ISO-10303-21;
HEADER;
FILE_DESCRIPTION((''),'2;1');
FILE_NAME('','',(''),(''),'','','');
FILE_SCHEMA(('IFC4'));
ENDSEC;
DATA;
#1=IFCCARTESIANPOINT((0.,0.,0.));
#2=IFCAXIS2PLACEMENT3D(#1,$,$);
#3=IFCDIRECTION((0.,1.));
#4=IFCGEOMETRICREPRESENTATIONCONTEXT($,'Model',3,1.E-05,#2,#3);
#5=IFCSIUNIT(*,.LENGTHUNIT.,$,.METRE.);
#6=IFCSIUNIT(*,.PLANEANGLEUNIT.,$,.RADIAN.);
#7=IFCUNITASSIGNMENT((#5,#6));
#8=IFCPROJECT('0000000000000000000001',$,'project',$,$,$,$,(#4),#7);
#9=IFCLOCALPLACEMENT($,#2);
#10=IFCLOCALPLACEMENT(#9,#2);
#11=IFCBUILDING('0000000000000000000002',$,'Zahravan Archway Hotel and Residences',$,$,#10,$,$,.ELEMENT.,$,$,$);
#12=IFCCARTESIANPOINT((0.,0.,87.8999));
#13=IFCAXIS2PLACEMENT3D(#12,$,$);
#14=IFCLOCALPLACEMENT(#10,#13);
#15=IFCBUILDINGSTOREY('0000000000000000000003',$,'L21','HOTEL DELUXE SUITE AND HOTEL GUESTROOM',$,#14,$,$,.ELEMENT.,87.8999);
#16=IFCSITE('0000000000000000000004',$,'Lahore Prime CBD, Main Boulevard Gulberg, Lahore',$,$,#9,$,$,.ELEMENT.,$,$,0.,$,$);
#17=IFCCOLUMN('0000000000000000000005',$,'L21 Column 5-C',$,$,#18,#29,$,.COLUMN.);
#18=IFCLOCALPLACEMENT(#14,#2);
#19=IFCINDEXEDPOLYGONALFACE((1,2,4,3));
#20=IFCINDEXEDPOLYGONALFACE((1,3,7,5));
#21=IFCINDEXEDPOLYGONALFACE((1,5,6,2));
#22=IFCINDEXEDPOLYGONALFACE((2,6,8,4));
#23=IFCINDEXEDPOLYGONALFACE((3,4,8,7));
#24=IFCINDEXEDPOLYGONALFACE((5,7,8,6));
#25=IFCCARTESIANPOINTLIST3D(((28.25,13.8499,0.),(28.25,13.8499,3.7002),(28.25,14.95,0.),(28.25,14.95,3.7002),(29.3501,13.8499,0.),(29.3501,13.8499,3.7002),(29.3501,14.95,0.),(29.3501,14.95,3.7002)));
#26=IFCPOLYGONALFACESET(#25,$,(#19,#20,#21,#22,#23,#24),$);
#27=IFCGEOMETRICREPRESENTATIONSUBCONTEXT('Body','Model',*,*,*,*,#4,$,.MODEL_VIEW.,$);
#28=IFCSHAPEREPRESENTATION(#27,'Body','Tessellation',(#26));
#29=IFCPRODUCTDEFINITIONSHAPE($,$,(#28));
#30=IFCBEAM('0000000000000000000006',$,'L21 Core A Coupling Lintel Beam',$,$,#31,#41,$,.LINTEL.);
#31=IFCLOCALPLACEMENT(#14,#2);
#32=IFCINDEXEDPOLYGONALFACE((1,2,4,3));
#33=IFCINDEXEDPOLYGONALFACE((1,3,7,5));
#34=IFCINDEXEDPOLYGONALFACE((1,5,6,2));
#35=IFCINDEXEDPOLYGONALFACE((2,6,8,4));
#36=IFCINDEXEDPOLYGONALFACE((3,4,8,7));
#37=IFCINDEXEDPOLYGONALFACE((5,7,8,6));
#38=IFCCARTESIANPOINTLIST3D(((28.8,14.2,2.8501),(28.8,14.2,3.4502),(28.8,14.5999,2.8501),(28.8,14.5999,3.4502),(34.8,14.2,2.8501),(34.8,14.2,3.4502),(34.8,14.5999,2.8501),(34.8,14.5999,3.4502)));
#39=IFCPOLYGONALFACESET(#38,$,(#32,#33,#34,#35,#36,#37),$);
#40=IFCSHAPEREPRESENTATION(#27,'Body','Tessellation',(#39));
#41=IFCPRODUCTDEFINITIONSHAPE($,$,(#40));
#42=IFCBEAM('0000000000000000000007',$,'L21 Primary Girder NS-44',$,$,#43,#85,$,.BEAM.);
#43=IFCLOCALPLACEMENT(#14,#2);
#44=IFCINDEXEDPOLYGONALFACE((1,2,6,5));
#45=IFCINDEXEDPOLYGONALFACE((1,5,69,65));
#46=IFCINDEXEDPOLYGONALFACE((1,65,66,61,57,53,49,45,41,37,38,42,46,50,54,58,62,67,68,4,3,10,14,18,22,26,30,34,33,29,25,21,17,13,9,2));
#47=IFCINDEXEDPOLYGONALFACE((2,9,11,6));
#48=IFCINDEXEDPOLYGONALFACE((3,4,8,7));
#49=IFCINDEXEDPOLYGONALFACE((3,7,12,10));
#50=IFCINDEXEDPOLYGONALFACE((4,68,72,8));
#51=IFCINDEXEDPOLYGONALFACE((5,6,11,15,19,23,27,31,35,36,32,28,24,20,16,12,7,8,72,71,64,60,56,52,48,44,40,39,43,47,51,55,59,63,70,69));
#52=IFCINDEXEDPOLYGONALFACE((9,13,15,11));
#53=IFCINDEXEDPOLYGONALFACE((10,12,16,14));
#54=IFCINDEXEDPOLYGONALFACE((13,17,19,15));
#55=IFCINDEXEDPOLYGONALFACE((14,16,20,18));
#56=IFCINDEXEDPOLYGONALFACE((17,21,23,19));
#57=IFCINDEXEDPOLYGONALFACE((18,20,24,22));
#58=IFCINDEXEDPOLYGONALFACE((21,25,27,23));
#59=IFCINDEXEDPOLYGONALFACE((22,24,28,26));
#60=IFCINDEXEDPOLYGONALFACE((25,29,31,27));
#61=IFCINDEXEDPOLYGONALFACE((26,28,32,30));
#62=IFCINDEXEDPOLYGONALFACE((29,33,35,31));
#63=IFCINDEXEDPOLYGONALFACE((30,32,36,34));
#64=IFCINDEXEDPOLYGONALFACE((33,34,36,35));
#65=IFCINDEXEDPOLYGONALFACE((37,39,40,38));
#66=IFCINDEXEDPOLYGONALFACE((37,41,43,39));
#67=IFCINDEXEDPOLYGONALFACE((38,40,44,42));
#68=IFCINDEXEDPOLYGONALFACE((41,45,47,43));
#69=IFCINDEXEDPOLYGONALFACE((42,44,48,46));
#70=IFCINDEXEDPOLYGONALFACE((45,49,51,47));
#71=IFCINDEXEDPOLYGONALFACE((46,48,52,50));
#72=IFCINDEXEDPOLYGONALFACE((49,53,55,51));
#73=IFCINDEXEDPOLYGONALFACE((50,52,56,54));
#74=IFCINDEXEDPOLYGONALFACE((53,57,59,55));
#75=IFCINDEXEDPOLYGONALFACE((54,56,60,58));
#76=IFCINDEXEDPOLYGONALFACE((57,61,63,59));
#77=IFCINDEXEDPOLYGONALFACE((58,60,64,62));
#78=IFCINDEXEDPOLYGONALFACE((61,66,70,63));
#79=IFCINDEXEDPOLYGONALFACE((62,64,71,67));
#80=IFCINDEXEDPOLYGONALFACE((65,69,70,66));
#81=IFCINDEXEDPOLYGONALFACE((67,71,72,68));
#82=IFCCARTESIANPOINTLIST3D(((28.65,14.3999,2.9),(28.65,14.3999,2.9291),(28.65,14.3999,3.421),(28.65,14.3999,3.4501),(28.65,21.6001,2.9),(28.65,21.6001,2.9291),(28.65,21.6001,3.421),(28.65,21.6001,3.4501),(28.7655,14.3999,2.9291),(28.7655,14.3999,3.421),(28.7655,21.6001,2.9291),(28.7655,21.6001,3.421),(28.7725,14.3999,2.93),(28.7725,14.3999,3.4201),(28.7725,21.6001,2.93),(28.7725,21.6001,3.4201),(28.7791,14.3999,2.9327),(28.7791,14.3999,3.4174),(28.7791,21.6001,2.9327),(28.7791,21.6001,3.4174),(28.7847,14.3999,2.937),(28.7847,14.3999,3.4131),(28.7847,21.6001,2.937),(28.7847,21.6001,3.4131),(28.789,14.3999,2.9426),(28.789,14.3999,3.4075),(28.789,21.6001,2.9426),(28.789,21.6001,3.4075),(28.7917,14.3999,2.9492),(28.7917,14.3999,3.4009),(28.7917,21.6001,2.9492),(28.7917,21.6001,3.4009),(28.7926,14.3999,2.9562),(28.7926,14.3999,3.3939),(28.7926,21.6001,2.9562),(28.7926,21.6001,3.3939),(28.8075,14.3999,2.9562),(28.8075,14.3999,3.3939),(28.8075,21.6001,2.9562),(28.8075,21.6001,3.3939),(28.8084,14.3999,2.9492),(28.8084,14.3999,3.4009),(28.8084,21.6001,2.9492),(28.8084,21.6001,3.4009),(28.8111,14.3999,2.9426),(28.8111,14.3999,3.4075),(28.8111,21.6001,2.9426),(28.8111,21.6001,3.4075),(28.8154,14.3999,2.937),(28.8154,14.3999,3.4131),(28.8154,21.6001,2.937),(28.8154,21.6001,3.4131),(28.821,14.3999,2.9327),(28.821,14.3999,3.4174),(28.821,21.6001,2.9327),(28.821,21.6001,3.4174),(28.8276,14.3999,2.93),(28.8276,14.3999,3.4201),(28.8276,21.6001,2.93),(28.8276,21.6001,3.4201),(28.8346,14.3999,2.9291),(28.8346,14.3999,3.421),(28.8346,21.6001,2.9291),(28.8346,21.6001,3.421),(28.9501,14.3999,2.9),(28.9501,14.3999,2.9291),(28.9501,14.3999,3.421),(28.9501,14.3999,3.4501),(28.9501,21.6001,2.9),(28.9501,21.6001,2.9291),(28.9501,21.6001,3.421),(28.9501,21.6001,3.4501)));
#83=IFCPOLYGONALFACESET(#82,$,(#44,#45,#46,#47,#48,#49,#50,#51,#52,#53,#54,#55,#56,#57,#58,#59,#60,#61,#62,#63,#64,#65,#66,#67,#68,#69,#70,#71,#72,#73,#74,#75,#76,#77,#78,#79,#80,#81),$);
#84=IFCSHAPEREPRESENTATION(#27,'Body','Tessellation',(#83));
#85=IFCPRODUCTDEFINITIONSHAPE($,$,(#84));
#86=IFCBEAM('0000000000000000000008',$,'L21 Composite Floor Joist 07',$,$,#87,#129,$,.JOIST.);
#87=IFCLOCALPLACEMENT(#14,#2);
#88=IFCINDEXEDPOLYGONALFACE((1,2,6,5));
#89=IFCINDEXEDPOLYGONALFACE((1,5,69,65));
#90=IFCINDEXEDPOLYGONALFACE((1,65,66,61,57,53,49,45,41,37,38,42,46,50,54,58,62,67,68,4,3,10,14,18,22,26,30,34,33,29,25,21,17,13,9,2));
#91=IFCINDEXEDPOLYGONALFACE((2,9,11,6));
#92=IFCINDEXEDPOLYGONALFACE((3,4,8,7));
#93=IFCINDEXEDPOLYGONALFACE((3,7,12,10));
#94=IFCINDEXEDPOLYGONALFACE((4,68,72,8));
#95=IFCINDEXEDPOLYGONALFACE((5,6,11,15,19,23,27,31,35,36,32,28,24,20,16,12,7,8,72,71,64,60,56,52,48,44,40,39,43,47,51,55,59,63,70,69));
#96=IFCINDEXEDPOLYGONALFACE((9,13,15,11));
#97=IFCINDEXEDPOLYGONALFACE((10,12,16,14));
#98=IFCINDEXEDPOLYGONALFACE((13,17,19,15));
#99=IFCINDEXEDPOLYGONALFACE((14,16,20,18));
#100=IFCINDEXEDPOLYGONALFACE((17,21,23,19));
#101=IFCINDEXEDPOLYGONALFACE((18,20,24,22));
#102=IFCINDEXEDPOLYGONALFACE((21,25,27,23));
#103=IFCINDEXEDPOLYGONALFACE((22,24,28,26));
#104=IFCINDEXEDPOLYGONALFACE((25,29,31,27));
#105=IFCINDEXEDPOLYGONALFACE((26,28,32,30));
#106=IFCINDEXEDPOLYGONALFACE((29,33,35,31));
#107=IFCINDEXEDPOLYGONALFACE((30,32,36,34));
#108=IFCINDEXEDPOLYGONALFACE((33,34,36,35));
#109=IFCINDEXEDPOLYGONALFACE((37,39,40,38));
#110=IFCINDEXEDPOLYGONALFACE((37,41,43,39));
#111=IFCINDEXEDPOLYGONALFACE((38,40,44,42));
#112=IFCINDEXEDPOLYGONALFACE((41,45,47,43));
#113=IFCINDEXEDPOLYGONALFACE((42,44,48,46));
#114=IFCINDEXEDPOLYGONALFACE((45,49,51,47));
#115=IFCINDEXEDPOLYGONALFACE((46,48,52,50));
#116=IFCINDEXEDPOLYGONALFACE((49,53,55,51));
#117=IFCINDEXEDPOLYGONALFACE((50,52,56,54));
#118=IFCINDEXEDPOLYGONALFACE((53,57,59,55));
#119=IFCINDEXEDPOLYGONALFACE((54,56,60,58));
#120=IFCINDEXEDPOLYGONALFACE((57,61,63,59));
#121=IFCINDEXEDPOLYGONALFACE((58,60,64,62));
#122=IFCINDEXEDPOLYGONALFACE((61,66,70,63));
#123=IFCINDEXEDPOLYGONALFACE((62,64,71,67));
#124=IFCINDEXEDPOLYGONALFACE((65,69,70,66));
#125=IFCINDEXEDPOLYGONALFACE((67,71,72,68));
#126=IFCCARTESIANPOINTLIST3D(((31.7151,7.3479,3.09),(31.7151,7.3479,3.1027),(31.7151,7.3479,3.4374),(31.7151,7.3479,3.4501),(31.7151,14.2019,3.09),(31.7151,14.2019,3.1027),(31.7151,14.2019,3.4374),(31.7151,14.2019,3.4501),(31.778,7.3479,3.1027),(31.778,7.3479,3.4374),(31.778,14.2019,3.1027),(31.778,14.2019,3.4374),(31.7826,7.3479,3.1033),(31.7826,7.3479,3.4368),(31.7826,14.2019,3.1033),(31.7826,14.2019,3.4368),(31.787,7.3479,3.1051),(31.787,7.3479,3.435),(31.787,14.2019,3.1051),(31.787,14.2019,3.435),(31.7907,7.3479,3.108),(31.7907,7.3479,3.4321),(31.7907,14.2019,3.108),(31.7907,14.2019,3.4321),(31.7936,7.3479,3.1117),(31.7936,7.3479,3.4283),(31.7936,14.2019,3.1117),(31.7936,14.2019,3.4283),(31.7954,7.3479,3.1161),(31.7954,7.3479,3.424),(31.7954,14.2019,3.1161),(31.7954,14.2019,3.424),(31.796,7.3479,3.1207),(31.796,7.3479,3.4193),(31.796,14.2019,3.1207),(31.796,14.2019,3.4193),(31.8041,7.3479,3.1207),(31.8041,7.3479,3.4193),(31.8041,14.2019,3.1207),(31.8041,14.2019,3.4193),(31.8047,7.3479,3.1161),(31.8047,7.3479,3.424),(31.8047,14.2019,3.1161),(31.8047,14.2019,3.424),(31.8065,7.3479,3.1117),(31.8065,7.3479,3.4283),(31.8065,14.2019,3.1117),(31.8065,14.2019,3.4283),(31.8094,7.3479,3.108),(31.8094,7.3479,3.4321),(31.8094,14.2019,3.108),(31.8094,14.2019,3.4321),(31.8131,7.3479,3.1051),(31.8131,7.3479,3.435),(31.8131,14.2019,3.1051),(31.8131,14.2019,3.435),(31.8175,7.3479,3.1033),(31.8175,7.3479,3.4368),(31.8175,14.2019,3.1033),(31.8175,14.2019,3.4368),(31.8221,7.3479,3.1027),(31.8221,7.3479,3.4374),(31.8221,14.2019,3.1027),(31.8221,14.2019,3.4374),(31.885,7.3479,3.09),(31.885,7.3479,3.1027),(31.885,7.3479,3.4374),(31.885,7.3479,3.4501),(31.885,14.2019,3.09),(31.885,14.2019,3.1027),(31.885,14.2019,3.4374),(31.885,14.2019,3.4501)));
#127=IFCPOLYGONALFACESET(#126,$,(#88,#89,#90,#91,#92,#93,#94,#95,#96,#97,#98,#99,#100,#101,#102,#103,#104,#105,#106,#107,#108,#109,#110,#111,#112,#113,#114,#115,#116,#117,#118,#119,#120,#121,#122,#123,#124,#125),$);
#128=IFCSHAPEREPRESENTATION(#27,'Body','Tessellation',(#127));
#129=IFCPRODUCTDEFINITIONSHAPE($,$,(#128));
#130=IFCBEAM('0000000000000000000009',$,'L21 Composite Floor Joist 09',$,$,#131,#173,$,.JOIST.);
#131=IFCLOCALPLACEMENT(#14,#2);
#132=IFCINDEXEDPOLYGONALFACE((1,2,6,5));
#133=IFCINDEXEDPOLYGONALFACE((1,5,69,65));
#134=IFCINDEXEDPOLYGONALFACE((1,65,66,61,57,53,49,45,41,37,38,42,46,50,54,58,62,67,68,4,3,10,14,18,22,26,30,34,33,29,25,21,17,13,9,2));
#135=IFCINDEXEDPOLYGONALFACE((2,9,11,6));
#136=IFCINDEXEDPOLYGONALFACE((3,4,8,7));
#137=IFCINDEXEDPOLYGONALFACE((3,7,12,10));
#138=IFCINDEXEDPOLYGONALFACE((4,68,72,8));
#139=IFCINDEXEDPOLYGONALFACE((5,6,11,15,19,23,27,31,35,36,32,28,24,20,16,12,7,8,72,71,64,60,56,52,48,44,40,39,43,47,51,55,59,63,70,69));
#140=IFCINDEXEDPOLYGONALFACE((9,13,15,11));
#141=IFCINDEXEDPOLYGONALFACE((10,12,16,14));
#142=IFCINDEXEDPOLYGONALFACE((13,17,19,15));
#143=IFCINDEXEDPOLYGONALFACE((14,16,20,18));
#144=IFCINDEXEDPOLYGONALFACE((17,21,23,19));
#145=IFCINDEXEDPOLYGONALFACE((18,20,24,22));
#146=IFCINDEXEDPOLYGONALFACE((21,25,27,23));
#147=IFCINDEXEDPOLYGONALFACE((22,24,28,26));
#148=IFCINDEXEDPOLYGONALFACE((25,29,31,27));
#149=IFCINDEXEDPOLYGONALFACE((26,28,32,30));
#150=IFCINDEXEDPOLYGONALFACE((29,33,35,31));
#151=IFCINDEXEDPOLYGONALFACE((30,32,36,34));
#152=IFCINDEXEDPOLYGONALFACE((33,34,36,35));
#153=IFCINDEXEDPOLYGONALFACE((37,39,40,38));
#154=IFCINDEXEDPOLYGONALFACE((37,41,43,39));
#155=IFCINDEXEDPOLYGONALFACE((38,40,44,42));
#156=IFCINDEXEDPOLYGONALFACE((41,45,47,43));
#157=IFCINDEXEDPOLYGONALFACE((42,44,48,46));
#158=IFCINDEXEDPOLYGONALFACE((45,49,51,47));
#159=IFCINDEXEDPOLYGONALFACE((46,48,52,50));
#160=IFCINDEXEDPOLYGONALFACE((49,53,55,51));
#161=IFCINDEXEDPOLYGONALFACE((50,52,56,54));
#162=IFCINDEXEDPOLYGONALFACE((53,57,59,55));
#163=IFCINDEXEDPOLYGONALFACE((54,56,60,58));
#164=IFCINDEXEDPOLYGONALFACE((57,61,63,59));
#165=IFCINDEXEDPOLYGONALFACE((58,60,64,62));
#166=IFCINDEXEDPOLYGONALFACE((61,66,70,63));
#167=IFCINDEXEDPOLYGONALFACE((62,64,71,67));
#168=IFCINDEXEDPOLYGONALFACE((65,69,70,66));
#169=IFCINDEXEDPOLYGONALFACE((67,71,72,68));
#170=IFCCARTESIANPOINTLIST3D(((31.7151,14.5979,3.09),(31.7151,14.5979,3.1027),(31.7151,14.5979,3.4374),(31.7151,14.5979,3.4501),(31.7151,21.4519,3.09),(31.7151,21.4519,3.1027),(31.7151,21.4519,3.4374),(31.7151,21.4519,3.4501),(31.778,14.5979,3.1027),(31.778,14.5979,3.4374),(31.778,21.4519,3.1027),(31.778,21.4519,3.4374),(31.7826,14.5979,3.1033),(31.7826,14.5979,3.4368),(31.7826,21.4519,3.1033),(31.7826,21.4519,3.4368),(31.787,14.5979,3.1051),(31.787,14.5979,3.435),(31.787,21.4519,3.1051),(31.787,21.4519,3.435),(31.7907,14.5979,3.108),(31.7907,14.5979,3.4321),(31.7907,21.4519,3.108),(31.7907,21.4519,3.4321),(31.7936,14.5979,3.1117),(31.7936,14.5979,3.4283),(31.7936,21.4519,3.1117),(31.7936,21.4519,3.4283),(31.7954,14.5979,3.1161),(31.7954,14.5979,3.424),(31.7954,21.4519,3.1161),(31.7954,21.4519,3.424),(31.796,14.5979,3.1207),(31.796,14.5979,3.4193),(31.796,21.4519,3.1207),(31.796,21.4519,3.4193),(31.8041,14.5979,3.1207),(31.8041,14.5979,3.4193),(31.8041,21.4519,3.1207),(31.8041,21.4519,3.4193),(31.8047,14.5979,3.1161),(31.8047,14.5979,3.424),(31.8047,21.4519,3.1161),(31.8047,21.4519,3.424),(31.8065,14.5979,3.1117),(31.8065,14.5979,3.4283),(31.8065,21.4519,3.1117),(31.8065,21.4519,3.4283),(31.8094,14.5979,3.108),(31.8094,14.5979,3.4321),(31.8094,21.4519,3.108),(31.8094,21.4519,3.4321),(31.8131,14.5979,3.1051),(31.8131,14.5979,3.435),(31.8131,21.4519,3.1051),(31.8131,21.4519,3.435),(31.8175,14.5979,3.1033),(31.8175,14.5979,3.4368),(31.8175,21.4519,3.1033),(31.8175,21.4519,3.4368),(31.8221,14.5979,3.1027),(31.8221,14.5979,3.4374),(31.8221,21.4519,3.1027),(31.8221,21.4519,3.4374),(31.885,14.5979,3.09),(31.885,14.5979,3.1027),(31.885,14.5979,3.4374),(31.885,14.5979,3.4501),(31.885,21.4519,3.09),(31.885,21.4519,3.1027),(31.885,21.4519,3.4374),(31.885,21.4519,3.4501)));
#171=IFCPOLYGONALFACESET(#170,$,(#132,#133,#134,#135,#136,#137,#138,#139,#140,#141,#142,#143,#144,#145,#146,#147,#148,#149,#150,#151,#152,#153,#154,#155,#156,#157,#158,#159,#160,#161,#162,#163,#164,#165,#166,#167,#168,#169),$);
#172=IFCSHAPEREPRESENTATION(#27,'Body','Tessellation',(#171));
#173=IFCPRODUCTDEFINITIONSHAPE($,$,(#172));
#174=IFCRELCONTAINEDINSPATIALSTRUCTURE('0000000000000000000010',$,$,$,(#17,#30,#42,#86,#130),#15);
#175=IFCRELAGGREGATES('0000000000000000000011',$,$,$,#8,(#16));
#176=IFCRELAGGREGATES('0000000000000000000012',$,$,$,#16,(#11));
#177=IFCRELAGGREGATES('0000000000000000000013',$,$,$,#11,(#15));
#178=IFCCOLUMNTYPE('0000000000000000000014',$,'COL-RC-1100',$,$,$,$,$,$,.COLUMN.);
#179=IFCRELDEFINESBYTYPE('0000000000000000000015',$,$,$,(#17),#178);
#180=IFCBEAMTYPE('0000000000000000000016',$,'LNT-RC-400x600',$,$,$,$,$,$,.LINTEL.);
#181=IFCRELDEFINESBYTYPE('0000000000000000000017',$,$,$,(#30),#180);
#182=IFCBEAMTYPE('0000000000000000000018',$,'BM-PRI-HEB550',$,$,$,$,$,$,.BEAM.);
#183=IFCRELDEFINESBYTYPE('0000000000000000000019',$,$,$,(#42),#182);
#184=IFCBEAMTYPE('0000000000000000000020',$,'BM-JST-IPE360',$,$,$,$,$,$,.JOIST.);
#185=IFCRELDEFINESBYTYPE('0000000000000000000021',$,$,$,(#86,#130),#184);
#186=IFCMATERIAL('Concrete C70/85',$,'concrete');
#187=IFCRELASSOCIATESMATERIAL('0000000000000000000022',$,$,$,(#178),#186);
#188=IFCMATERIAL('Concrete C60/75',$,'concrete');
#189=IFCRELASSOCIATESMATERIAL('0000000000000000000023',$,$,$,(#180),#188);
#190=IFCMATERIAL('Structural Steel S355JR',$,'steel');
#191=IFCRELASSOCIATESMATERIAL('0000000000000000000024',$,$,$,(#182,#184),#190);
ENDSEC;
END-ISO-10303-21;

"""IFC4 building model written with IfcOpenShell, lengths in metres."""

from ifc_helpers import new_model, si_unit, direction, frame, origin, origin_2d, place, context, subcontext, project, spatial, rectangle, i_section, extrude, source, transform, mapped, material, material_profile, profile_set, type_object, type_shapes, element, save


model = new_model("IFC4")

# Units and contexts
model_context = context("Model", 3, precision=1e-05, world=origin(), true_north=direction((0.0, 1.0)))
body_context = subcontext(model_context, "Body", "Model", "MODEL_VIEW")
ifc_project = project(units=[si_unit("LENGTHUNIT", "METRE"), si_unit("PLANEANGLEUNIT", "RADIAN")], contexts=[model_context])

# Site, building, storey
site_placement = place(None, origin())
site = spatial("IfcSite", under=ifc_project, at=site_placement, Name="Lahore Prime CBD, Main Boulevard Gulberg, Lahore", CompositionType="ELEMENT", RefElevation=0.0)
building_placement = place(site_placement, origin())
building = spatial("IfcBuilding", under=site, at=building_placement, Name="Zahravan Archway Hotel and Residences", CompositionType="ELEMENT")
storey_placement = place(building_placement, frame((0.0, 0.0, 87.8999)))
storey = spatial("IfcBuildingStorey", under=building, at=storey_placement, Name="L21", Description="HOTEL DELUXE SUITE AND HOTEL GUESTROOM", CompositionType="ELEMENT", Elevation=87.8999)

# Column
ifc_material_1 = material(Name="Concrete C70/85", Category="concrete")
ifc_material_profile_1 = material_profile(ifc_material_1, rectangle(XDim=1.1001, YDim=1.1001, at=origin_2d()), Name="RC 1100x1100", Category="concrete")
ifc_profile_set_1 = profile_set([ifc_material_profile_1], Name="Concrete C70/85")
column_type = type_object("IfcColumnType", Name="COL-RC-1100", PredefinedType="COLUMN", material=ifc_profile_set_1)
shared_shape_1 = source(origin(), body_context, "Body", "SweptSolid", [
    extrude(rectangle(XDim=1.1001, YDim=1.1001, at=origin_2d()), origin(), (0.0, 0.0, 1.0), 3.7002),
])
column_placement = place(storey_placement, frame((28.8, 14.3999, 0.0), z_axis=(0.0, 0.0, 1.0), x_axis=(1.0, 0.0, 0.0)))
element("IfcColumn", 1, at=column_placement, inside=storey, type_object=column_type, Name="L21 Column 5-C", PredefinedType="COLUMN", context=body_context, shape_type="MappedRepresentation", body=[
    mapped(shared_shape_1, transform((0.0, 0.0, 0.0), scale=1.0)),
])

# Beams
ifc_material_2 = material(Name="Concrete C60/75", Category="concrete")
ifc_material_profile_2 = material_profile(ifc_material_2, rectangle(XDim=0.3999, YDim=0.6001, at=origin_2d()), Name="RC-LNT-400x600", Category="concrete")
ifc_profile_set_2 = profile_set([ifc_material_profile_2], Name="Concrete C60/75")
beam_type_1 = type_object("IfcBeamType", Name="LNT-RC-400x600", PredefinedType="LINTEL", material=ifc_profile_set_2)
shared_shape_2 = source(origin(), body_context, "Body", "SweptSolid", [
    extrude(rectangle(XDim=0.3999, YDim=0.6001, at=origin_2d()), origin(), (0.0, 0.0, 1.0), 6.0),
])
type_shapes(beam_type_1, [shared_shape_2])
beam_1_placement = place(storey_placement, frame((28.8, 14.3999, 3.1501), z_axis=(1.0, 0.0, 0.0), x_axis=(0.0, 1.0, 0.0)))
element("IfcBeam", 2, at=beam_1_placement, inside=storey, type_object=beam_type_1, Name="L21 Core A Coupling Lintel Beam", PredefinedType="LINTEL", context=body_context, shape_type="MappedRepresentation", body=[
    mapped(shared_shape_2, transform((0.0, 0.0, 0.0), scale=1.0)),
])
ifc_material_3 = material(Name="Structural Steel S355JR", Category="steel")
ifc_material_profile_3 = material_profile(ifc_material_3, i_section(OverallWidth=0.3, OverallDepth=0.55, WebThickness=0.0149, FlangeThickness=0.0291, FilletRadius=0.0271, at=origin_2d()), Name="HEB 550", Category="steel")
ifc_profile_set_3 = profile_set([ifc_material_profile_3], Name="Structural Steel S355JR")
beam_type_2 = type_object("IfcBeamType", Name="BM-PRI-HEB550", PredefinedType="BEAM", material=ifc_profile_set_3)
shared_shape_3 = source(origin(), body_context, "Body", "SweptSolid", [
    extrude(i_section(OverallWidth=0.3, OverallDepth=0.55, WebThickness=0.0149, FlangeThickness=0.0291, FilletRadius=0.0271, at=origin_2d()), origin(), (0.0, 0.0, 1.0), 7.2002),
])
type_shapes(beam_type_2, [shared_shape_3])
beam_2_placement = place(storey_placement, frame((28.8, 14.3999, 3.175), z_axis=(0.0, 1.0, 0.0), x_axis=(-1.0, 0.0, 0.0)))
element("IfcBeam", 3, at=beam_2_placement, inside=storey, type_object=beam_type_2, Name="L21 Primary Girder NS-44", PredefinedType="BEAM", context=body_context, shape_type="MappedRepresentation", body=[
    mapped(shared_shape_3, transform((0.0, 0.0, 0.0), scale=1.0)),
])
ifc_material_profile_4 = material_profile(ifc_material_3, i_section(OverallWidth=0.1699, OverallDepth=0.3601, WebThickness=0.0081, FlangeThickness=0.0127, FilletRadius=0.0181, at=origin_2d()), Name="IPE 360", Category="steel")
ifc_profile_set_4 = profile_set([ifc_material_profile_4], Name="Structural Steel S355JR")
beam_type_3 = type_object("IfcBeamType", Name="BM-JST-IPE360", PredefinedType="JOIST", material=ifc_profile_set_4)
shared_shape_4 = source(origin(), body_context, "Body", "SweptSolid", [
    extrude(i_section(OverallWidth=0.1699, OverallDepth=0.3601, WebThickness=0.0081, FlangeThickness=0.0127, FilletRadius=0.0181, at=origin_2d()), origin(), (0.0, 0.0, 1.0), 6.854),
])
for number, where, z_axis, x_axis, name in (
    (4, (31.8, 7.3479, 3.27), (0.0, 1.0, 0.0), (-1.0, 0.0, 0.0), "L21 Composite Floor Joist 07"),
    (5, (31.8, 14.5979, 3.27), (0.0, 1.0, 0.0), (-1.0, 0.0, 0.0), "L21 Composite Floor Joist 09"),
):
    element("IfcBeam", number, at=place(storey_placement, frame(where, z_axis=z_axis, x_axis=x_axis)), inside=storey, type_object=beam_type_3, Name=name, PredefinedType="JOIST", context=body_context, shape_type="MappedRepresentation", body=[
        mapped(shared_shape_4, transform((0.0, 0.0, 0.0), scale=1.0)),
    ])

save(model, "model.ifc")
